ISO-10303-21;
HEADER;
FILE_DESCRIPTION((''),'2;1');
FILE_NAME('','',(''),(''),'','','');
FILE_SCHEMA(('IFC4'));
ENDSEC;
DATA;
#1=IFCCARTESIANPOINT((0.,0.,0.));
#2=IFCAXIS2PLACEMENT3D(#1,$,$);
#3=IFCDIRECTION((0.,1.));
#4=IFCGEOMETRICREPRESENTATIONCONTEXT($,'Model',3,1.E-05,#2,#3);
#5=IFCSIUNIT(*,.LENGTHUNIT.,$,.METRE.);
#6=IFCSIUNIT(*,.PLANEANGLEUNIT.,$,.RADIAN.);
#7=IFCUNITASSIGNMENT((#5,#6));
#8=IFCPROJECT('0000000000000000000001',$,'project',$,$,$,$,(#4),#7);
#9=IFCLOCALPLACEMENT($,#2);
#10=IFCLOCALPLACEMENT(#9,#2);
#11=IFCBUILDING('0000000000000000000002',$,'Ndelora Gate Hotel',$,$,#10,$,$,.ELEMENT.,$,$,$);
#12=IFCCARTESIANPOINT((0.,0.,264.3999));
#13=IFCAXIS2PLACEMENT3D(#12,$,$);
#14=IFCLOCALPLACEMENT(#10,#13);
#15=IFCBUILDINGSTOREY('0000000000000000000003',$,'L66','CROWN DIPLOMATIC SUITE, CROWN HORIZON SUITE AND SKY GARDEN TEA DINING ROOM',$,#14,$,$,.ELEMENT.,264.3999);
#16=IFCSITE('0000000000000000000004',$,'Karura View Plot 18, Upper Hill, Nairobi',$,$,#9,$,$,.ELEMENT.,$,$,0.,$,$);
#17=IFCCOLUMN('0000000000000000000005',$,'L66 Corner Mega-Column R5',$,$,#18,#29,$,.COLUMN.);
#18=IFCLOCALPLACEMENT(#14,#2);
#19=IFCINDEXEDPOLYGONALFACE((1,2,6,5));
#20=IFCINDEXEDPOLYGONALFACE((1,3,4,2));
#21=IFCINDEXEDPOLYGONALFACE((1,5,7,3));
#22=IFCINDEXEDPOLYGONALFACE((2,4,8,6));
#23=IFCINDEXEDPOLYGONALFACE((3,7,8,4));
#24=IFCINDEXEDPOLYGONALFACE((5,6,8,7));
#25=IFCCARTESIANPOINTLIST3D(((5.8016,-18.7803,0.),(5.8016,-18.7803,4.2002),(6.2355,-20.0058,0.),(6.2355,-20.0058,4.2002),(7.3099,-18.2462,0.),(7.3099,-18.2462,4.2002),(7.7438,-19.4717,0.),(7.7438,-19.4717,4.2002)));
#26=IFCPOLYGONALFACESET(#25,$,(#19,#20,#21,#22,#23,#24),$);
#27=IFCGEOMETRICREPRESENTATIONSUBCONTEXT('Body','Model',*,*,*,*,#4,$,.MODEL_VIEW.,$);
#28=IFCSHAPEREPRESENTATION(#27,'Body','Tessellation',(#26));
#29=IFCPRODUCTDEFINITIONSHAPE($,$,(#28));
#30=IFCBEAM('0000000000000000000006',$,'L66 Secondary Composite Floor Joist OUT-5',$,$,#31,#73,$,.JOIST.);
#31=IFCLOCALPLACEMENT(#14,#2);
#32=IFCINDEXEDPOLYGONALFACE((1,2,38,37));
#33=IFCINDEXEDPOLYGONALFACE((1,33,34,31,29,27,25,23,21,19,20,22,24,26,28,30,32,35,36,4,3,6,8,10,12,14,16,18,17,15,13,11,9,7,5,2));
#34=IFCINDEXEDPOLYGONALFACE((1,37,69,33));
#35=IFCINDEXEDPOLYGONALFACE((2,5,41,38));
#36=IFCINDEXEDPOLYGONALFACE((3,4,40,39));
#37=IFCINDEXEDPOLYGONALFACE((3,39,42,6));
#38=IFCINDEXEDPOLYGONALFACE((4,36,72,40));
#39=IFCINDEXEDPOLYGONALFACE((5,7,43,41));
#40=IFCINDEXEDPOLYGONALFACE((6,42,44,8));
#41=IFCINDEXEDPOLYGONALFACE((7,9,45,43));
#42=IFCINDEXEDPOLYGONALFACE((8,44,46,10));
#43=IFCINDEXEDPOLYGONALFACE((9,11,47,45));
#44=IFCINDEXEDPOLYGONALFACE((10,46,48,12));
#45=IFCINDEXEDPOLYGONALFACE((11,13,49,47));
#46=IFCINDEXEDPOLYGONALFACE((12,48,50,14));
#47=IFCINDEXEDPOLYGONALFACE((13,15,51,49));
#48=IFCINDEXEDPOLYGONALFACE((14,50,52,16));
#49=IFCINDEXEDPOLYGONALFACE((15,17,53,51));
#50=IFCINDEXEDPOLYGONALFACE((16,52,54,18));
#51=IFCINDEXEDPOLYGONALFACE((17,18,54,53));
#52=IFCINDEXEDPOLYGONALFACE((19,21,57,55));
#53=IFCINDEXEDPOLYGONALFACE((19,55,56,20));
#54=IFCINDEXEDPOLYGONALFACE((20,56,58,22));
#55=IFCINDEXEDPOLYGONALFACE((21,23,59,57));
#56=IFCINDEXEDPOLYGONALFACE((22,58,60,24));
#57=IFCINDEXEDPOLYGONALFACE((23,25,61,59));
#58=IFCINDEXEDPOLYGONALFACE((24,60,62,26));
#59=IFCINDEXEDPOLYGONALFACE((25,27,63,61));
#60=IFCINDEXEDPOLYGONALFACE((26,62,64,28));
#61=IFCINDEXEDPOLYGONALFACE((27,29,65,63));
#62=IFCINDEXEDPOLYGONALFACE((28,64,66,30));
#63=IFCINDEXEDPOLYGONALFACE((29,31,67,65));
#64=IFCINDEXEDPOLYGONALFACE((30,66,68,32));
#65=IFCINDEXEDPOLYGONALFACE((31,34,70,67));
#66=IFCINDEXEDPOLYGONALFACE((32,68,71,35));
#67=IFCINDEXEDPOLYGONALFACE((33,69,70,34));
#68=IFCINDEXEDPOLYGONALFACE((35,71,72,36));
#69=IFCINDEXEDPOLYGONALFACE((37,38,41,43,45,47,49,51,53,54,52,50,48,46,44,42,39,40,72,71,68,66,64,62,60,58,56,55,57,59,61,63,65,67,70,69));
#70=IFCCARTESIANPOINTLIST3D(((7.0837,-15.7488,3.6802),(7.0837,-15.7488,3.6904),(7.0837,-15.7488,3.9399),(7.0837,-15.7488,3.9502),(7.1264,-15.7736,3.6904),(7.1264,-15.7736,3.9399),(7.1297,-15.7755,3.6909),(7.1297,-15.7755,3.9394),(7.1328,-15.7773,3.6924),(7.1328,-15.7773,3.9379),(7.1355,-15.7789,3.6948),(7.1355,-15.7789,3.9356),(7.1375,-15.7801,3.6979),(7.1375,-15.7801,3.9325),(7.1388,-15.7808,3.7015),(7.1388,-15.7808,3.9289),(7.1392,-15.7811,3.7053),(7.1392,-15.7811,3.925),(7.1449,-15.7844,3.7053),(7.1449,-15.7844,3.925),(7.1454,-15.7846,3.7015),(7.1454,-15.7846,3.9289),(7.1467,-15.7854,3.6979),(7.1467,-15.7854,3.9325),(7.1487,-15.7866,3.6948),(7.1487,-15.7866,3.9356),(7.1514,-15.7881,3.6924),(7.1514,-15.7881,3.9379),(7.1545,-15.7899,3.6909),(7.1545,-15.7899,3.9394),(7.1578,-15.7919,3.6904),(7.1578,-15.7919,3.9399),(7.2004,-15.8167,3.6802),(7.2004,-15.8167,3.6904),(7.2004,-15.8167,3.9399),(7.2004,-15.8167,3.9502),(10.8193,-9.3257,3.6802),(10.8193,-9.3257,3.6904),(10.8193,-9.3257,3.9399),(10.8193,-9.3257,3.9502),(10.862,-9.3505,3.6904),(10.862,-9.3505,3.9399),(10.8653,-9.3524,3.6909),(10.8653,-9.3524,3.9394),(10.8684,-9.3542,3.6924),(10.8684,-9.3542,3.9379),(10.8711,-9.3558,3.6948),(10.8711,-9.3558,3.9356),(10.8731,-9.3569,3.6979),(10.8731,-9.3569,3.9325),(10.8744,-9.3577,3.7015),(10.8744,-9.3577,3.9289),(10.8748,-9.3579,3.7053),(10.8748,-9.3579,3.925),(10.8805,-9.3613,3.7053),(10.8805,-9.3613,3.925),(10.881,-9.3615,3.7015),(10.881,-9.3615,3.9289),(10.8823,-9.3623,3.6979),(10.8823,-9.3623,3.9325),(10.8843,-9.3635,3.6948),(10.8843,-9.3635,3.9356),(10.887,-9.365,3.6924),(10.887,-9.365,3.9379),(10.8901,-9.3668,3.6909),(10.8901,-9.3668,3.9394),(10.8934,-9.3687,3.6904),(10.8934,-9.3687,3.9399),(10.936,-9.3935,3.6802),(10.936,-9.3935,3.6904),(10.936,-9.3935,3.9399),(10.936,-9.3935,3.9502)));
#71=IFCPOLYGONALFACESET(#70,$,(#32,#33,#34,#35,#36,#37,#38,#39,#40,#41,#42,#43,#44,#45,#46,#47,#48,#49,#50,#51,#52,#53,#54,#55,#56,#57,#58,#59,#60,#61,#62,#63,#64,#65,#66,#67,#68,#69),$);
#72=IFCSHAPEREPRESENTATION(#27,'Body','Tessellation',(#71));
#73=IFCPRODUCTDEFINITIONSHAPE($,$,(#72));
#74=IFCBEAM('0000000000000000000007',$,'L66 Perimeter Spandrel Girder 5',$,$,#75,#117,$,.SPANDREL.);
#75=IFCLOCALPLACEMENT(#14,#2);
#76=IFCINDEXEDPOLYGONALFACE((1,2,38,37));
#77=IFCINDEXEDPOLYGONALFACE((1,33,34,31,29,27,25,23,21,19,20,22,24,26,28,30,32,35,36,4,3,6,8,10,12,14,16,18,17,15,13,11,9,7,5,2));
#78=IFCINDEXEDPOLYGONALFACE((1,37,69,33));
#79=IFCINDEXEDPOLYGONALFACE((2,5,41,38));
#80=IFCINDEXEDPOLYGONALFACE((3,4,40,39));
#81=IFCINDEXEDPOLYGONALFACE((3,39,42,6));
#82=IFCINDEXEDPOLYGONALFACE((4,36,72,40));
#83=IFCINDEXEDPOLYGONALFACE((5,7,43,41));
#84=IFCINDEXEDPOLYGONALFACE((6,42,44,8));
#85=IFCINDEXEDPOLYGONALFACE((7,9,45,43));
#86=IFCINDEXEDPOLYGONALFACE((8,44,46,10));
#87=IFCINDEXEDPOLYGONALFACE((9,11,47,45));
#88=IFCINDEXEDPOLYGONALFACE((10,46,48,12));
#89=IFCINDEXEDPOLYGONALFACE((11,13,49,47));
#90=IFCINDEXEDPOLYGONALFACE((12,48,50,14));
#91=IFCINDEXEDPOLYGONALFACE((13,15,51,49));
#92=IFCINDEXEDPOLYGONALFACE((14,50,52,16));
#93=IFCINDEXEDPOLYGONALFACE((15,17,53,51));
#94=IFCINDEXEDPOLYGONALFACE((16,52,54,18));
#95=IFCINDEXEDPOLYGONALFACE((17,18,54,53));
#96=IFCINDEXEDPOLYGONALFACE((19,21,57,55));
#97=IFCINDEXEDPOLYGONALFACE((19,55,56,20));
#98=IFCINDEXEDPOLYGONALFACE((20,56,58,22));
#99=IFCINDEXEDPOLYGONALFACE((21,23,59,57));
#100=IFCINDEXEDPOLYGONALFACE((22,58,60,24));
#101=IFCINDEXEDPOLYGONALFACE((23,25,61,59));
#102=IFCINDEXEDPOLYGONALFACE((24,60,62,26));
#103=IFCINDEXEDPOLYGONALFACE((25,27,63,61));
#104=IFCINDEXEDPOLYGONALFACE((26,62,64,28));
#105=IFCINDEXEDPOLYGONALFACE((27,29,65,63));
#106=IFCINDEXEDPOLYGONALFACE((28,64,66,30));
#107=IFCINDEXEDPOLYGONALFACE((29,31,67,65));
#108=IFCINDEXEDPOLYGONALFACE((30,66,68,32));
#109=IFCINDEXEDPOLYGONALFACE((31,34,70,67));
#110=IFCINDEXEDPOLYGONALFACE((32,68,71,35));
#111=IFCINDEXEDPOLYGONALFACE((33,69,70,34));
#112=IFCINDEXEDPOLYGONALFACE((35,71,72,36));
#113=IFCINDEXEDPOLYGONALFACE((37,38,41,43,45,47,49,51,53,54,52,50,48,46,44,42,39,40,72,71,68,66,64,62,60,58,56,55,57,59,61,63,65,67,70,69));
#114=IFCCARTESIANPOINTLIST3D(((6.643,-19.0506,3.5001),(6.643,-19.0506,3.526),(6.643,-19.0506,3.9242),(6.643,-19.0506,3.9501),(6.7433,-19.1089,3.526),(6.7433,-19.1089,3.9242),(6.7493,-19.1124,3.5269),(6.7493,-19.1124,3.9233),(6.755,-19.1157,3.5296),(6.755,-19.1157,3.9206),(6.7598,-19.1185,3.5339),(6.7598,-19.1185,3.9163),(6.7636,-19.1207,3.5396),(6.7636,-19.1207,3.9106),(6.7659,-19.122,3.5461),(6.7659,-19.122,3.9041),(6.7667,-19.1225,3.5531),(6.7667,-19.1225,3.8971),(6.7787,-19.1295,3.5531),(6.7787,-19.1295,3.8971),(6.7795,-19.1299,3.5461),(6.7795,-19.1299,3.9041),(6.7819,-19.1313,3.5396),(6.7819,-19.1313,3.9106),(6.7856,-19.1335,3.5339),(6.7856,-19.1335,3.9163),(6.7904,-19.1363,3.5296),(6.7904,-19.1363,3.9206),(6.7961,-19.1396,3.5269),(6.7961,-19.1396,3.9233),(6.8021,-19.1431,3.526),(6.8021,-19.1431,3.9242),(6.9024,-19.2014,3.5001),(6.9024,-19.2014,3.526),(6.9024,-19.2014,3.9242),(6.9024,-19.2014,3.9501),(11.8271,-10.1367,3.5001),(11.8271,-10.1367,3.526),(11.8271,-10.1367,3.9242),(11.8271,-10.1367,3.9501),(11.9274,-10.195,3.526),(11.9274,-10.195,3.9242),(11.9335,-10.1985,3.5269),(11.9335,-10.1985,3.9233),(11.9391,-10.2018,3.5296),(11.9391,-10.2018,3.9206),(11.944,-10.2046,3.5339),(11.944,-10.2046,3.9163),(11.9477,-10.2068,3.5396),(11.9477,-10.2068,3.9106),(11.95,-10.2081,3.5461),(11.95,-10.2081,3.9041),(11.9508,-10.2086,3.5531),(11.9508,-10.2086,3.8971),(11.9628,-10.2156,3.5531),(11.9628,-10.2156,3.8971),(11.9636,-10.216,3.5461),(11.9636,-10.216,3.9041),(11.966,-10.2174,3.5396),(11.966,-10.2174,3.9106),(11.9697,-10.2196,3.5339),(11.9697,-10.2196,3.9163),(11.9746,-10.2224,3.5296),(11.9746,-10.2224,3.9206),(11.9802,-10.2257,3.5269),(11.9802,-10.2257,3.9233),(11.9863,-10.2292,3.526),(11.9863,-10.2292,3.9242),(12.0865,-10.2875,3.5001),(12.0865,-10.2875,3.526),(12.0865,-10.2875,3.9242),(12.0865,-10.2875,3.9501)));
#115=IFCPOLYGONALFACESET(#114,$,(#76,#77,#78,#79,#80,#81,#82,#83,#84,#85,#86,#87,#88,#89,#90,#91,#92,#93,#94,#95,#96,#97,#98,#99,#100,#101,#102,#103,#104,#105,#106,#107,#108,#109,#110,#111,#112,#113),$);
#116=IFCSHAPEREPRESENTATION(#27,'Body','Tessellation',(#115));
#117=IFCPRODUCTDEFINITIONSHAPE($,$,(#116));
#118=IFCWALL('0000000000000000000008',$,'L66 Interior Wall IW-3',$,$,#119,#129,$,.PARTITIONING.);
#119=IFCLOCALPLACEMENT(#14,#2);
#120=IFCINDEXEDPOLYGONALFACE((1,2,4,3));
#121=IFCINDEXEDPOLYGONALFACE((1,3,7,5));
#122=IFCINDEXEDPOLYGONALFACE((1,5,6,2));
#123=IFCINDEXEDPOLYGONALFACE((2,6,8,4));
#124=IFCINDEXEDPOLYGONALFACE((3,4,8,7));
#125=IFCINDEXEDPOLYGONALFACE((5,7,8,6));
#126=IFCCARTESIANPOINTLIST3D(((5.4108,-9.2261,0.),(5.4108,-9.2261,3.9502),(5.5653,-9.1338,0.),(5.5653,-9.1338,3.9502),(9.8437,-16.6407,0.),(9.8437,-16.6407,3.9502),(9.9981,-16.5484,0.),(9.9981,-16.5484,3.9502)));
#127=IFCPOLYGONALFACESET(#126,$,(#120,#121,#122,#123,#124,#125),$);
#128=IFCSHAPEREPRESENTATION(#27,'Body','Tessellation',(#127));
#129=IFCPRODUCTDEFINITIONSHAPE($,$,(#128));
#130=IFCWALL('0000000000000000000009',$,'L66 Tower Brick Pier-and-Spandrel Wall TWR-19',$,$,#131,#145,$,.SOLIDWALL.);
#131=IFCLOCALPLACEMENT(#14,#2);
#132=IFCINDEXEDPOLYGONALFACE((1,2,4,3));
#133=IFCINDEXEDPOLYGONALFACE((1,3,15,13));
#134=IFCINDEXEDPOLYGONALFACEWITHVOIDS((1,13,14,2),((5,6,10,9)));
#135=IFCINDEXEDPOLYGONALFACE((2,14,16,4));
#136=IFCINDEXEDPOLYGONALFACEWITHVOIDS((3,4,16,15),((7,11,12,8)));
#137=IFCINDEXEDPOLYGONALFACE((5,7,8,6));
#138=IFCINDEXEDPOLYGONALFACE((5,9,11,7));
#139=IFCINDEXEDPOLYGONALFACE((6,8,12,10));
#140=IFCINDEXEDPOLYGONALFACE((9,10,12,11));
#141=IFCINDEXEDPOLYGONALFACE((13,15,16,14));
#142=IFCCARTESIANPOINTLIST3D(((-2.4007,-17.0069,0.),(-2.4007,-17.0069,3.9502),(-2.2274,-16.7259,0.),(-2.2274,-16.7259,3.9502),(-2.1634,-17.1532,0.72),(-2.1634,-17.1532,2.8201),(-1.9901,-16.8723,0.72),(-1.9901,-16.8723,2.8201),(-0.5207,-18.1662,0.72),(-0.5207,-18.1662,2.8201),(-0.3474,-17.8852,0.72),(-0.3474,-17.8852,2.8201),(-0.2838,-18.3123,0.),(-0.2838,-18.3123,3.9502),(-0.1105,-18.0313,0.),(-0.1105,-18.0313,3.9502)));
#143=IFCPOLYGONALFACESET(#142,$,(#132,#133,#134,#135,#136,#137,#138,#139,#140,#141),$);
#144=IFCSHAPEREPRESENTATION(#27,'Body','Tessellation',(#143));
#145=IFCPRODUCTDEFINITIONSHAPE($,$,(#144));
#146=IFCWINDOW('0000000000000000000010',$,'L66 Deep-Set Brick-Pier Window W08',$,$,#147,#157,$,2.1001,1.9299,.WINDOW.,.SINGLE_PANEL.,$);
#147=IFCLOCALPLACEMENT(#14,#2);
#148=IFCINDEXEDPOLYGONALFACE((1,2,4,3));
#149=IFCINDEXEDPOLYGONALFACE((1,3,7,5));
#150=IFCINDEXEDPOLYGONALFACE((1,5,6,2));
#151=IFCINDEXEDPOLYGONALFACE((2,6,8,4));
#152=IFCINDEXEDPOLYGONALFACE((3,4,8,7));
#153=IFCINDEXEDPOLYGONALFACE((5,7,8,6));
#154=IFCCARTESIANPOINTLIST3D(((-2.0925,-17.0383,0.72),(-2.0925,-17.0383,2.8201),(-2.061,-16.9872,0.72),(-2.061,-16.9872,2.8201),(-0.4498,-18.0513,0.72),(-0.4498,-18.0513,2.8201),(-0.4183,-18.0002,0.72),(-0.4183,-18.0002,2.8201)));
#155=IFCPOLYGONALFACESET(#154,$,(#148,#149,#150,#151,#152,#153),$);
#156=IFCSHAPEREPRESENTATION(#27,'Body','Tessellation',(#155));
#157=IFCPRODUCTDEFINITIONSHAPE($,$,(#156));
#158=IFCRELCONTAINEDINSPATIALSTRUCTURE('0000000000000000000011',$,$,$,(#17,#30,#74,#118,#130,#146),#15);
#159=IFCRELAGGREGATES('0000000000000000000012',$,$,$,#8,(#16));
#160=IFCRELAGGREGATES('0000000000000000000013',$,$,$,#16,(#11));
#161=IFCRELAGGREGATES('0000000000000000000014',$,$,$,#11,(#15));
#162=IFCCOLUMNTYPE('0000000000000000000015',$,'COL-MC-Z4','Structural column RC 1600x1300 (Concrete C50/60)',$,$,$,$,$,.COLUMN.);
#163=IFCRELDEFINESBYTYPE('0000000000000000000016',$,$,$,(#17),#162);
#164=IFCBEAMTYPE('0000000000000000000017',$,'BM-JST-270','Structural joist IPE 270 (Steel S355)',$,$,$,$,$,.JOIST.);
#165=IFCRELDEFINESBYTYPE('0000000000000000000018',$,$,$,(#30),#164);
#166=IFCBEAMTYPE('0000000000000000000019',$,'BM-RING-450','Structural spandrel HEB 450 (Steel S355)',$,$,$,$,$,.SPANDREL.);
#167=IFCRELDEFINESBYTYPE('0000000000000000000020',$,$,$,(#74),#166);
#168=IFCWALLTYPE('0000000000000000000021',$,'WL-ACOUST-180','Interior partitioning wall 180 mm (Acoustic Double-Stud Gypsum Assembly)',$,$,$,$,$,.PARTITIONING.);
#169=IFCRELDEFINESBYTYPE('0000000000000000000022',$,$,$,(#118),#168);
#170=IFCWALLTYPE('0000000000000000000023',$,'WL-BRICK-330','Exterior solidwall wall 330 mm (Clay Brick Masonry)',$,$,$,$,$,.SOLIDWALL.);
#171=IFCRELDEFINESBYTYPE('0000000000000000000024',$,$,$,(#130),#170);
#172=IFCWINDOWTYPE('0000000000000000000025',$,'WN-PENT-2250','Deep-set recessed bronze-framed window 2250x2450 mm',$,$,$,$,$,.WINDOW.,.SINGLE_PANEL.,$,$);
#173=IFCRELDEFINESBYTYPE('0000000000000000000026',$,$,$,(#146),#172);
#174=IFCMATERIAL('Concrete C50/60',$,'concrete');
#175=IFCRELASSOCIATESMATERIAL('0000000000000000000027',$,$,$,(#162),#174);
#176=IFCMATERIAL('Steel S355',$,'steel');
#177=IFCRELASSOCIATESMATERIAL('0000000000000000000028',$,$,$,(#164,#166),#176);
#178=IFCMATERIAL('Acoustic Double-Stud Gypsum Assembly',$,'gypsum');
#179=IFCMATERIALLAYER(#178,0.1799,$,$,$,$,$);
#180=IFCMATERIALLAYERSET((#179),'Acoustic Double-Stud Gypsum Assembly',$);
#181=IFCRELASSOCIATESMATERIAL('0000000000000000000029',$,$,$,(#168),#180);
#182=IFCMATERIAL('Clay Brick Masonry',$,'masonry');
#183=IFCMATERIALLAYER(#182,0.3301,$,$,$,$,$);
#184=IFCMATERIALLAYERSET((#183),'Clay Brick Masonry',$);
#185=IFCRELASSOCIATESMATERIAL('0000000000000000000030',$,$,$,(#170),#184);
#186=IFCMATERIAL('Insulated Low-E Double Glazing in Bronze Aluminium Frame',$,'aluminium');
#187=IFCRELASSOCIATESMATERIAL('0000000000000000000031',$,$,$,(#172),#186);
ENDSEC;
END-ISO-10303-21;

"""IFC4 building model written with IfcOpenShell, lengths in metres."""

from ifc_helpers import new_model, si_unit, direction, frame, frame_2d, origin, origin_2d, place, context, subcontext, project, spatial, rectangle, i_section, extrude, material, layer, layer_set, material_profile, profile_set, type_object, element, fill, save


model = new_model("IFC4")

# Units and contexts
model_context = context("Model", 3, precision=1e-05, world=origin(), true_north=direction((0.0, 1.0)))
body_context = subcontext(model_context, "Body", "Model", "MODEL_VIEW")
ifc_project = project(units=[si_unit("LENGTHUNIT", "METRE"), si_unit("PLANEANGLEUNIT", "RADIAN")], contexts=[model_context])

# Site, building, storey
site_placement = place(None, origin())
site = spatial("IfcSite", under=ifc_project, at=site_placement, Name="Karura View Plot 18, Upper Hill, Nairobi", CompositionType="ELEMENT", RefElevation=0.0)
building_placement = place(site_placement, origin())
building = spatial("IfcBuilding", under=site, at=building_placement, Name="Ndelora Gate Hotel", CompositionType="ELEMENT")
storey_placement = place(building_placement, frame((0.0, 0.0, 264.3999)))
storey = spatial("IfcBuildingStorey", under=building, at=storey_placement, Name="L66", Description="CROWN DIPLOMATIC SUITE, CROWN HORIZON SUITE AND SKY GARDEN TEA DINING ROOM", CompositionType="ELEMENT", Elevation=264.3999)

# Column
ifc_material_1 = material(Name="Concrete C50/60", Category="concrete")
ifc_material_profile_1 = material_profile(ifc_material_1, rectangle(XDim=1.3, YDim=1.6001, at=origin_2d()), Name="RC 1600x1300")
ifc_profile_set_1 = profile_set([ifc_material_profile_1], Name="Concrete C50/60")
column_type = type_object("IfcColumnType", Name="COL-MC-Z4", Description="Structural column RC 1600x1300 (Concrete C50/60)", PredefinedType="COLUMN", material=ifc_profile_set_1)
column_placement = place(storey_placement, frame((6.7727, -19.126, 0.0), z_axis=(0.0, 0.0, 1.0), x_axis=(-0.333807, 0.942641, 0.0)))
element("IfcColumn", 1, at=column_placement, inside=storey, type_object=column_type, Name="L66 Corner Mega-Column R5", PredefinedType="COLUMN", context=body_context, shape_type="SweptSolid", body=[
    extrude(rectangle(XDim=1.3, YDim=1.6001, at=origin_2d()), origin(), (0.0, 0.0, 1.0), 4.2002),
])

# Beams
ifc_material_2 = material(Name="Steel S355", Category="steel")
ifc_material_profile_2 = material_profile(ifc_material_2, i_section(OverallWidth=0.135, OverallDepth=0.27, WebThickness=0.0066, FlangeThickness=0.0103, FilletRadius=0.0149, at=origin_2d()), Name="IPE 270")
ifc_profile_set_2 = profile_set([ifc_material_profile_2], Name="Steel S355")
beam_type_1 = type_object("IfcBeamType", Name="BM-JST-270", Description="Structural joist IPE 270 (Steel S355)", PredefinedType="JOIST", material=ifc_profile_set_2)
beam_1_placement = place(storey_placement, frame((7.1421, -15.7827, 3.8152), z_axis=(0.502745, 0.864435, 0.0), x_axis=(-0.864435, 0.502745, 0.0)))
element("IfcBeam", 2, at=beam_1_placement, inside=storey, type_object=beam_type_1, Name="L66 Secondary Composite Floor Joist OUT-5", PredefinedType="JOIST", context=body_context, shape_type="SweptSolid", body=[
    extrude(i_section(OverallWidth=0.135, OverallDepth=0.27, WebThickness=0.0066, FlangeThickness=0.0103, FilletRadius=0.0149, at=origin_2d()), origin(), (0.0, 0.0, 1.0), 7.4304),
])
ifc_material_profile_3 = material_profile(ifc_material_2, i_section(OverallWidth=0.3, OverallDepth=0.45, WebThickness=0.0139, FlangeThickness=0.0259, FilletRadius=0.0271, at=origin_2d()), Name="HEB 450")
ifc_profile_set_3 = profile_set([ifc_material_profile_3], Name="Steel S355")
beam_type_2 = type_object("IfcBeamType", Name="BM-RING-450", Description="Structural spandrel HEB 450 (Steel S355)", PredefinedType="SPANDREL", material=ifc_profile_set_3)
beam_2_placement = place(storey_placement, frame((6.7727, -19.126, 3.7251), z_axis=(0.502739, 0.864439, 0.0), x_axis=(-0.864439, 0.502739, 0.0)))
element("IfcBeam", 3, at=beam_2_placement, inside=storey, type_object=beam_type_2, Name="L66 Perimeter Spandrel Girder 5", PredefinedType="SPANDREL", context=body_context, shape_type="SweptSolid", body=[
    extrude(i_section(OverallWidth=0.3, OverallDepth=0.45, WebThickness=0.0139, FlangeThickness=0.0259, FilletRadius=0.0271, at=origin_2d()), origin(), (0.0, 0.0, 1.0), 10.3118),
])

# Wall
ifc_material_3 = material(Name="Acoustic Double-Stud Gypsum Assembly", Category="gypsum")
ifc_layer_1 = layer(ifc_material_3, 0.1799)
ifc_layer_set_1 = layer_set([ifc_layer_1], Name="Acoustic Double-Stud Gypsum Assembly")
wall_type_1 = type_object("IfcWallType", Name="WL-ACOUST-180", Description="Interior partitioning wall 180 mm (Acoustic Double-Stud Gypsum Assembly)", PredefinedType="PARTITIONING", material=ifc_layer_set_1)
wall_1_placement = place(storey_placement, frame((5.488, -9.1799, 0.0), z_axis=(0.0, 0.0, 1.0), x_axis=(0.513144, -0.858302, 0.0)))
element("IfcWall", 4, at=wall_1_placement, inside=storey, type_object=wall_type_1, Name="L66 Interior Wall IW-3", PredefinedType="PARTITIONING", context=body_context, shape_type="SweptSolid", body=[
    extrude(rectangle(XDim=8.6387, YDim=0.1799, at=frame_2d((4.3193, 0.0))), origin(), (0.0, 0.0, 1.0), 3.9502),
])

# Wall, opening, window
ifc_material_4 = material(Name="Clay Brick Masonry", Category="masonry")
ifc_layer_2 = layer(ifc_material_4, 0.3301)
ifc_layer_set_2 = layer_set([ifc_layer_2], Name="Clay Brick Masonry")
wall_type_2 = type_object("IfcWallType", Name="WL-BRICK-330", Description="Exterior solidwall wall 330 mm (Clay Brick Masonry)", PredefinedType="SOLIDWALL", material=ifc_layer_set_2)
wall_2_placement = place(storey_placement, frame((-0.197, -18.1719, 0.0), z_axis=(0.0, 0.0, 1.0), x_axis=(-0.851176, 0.52488, 0.0)))
wall_2 = element("IfcWall", 5, at=wall_2_placement, inside=storey, type_object=wall_type_2, Name="L66 Tower Brick Pier-and-Spandrel Wall TWR-19", PredefinedType="SOLIDWALL", context=body_context, shape_type="SweptSolid", body=[
    extrude(rectangle(XDim=2.4871, YDim=0.3301, at=frame_2d((1.2437, 0.0))), origin(), (0.0, 0.0, 1.0), 3.9502),
])
opening_1_placement = place(wall_2_placement, frame((0.2786, 0.0, 0.72)))
opening_1 = element("IfcOpeningElement", 6, at=opening_1_placement, cuts=wall_2, PredefinedType="OPENING", context=body_context, shape_type="SweptSolid", body=[
    extrude(rectangle(XDim=1.9299, YDim=2.1001, at=frame_2d((0.9648, 1.05))), frame((0.0, 0.175, 0.0), z_axis=(0.0, -1.0, 0.0), x_axis=(1.0, 0.0, 0.0)), (0.0, 0.0, 1.0), 0.3501),
])
ifc_material_5 = material(Name="Insulated Low-E Double Glazing in Bronze Aluminium Frame", Category="aluminium")
window_type = type_object("IfcWindowType", Name="WN-PENT-2250", Description="Deep-set recessed bronze-framed window 2250x2450 mm", PartitioningType="SINGLE_PANEL", PredefinedType="WINDOW", material=ifc_material_5)
window_1_placement = place(opening_1_placement, origin())
window_1 = element("IfcWindow", 7, at=window_1_placement, inside=storey, type_object=window_type, Name="L66 Deep-Set Brick-Pier Window W08", OverallHeight=2.1001, OverallWidth=1.9299, PartitioningType="SINGLE_PANEL", PredefinedType="WINDOW", context=body_context, shape_type="SweptSolid", body=[
    extrude(rectangle(XDim=1.9299, YDim=2.1001, at=frame_2d((0.9648, 1.05))), frame((0.0, 0.03, 0.0), z_axis=(0.0, -1.0, 0.0), x_axis=(1.0, 0.0, 0.0)), (0.0, 0.0, 1.0), 0.0601),
])
fill(opening_1, window_1)

save(model, "model.ifc")
